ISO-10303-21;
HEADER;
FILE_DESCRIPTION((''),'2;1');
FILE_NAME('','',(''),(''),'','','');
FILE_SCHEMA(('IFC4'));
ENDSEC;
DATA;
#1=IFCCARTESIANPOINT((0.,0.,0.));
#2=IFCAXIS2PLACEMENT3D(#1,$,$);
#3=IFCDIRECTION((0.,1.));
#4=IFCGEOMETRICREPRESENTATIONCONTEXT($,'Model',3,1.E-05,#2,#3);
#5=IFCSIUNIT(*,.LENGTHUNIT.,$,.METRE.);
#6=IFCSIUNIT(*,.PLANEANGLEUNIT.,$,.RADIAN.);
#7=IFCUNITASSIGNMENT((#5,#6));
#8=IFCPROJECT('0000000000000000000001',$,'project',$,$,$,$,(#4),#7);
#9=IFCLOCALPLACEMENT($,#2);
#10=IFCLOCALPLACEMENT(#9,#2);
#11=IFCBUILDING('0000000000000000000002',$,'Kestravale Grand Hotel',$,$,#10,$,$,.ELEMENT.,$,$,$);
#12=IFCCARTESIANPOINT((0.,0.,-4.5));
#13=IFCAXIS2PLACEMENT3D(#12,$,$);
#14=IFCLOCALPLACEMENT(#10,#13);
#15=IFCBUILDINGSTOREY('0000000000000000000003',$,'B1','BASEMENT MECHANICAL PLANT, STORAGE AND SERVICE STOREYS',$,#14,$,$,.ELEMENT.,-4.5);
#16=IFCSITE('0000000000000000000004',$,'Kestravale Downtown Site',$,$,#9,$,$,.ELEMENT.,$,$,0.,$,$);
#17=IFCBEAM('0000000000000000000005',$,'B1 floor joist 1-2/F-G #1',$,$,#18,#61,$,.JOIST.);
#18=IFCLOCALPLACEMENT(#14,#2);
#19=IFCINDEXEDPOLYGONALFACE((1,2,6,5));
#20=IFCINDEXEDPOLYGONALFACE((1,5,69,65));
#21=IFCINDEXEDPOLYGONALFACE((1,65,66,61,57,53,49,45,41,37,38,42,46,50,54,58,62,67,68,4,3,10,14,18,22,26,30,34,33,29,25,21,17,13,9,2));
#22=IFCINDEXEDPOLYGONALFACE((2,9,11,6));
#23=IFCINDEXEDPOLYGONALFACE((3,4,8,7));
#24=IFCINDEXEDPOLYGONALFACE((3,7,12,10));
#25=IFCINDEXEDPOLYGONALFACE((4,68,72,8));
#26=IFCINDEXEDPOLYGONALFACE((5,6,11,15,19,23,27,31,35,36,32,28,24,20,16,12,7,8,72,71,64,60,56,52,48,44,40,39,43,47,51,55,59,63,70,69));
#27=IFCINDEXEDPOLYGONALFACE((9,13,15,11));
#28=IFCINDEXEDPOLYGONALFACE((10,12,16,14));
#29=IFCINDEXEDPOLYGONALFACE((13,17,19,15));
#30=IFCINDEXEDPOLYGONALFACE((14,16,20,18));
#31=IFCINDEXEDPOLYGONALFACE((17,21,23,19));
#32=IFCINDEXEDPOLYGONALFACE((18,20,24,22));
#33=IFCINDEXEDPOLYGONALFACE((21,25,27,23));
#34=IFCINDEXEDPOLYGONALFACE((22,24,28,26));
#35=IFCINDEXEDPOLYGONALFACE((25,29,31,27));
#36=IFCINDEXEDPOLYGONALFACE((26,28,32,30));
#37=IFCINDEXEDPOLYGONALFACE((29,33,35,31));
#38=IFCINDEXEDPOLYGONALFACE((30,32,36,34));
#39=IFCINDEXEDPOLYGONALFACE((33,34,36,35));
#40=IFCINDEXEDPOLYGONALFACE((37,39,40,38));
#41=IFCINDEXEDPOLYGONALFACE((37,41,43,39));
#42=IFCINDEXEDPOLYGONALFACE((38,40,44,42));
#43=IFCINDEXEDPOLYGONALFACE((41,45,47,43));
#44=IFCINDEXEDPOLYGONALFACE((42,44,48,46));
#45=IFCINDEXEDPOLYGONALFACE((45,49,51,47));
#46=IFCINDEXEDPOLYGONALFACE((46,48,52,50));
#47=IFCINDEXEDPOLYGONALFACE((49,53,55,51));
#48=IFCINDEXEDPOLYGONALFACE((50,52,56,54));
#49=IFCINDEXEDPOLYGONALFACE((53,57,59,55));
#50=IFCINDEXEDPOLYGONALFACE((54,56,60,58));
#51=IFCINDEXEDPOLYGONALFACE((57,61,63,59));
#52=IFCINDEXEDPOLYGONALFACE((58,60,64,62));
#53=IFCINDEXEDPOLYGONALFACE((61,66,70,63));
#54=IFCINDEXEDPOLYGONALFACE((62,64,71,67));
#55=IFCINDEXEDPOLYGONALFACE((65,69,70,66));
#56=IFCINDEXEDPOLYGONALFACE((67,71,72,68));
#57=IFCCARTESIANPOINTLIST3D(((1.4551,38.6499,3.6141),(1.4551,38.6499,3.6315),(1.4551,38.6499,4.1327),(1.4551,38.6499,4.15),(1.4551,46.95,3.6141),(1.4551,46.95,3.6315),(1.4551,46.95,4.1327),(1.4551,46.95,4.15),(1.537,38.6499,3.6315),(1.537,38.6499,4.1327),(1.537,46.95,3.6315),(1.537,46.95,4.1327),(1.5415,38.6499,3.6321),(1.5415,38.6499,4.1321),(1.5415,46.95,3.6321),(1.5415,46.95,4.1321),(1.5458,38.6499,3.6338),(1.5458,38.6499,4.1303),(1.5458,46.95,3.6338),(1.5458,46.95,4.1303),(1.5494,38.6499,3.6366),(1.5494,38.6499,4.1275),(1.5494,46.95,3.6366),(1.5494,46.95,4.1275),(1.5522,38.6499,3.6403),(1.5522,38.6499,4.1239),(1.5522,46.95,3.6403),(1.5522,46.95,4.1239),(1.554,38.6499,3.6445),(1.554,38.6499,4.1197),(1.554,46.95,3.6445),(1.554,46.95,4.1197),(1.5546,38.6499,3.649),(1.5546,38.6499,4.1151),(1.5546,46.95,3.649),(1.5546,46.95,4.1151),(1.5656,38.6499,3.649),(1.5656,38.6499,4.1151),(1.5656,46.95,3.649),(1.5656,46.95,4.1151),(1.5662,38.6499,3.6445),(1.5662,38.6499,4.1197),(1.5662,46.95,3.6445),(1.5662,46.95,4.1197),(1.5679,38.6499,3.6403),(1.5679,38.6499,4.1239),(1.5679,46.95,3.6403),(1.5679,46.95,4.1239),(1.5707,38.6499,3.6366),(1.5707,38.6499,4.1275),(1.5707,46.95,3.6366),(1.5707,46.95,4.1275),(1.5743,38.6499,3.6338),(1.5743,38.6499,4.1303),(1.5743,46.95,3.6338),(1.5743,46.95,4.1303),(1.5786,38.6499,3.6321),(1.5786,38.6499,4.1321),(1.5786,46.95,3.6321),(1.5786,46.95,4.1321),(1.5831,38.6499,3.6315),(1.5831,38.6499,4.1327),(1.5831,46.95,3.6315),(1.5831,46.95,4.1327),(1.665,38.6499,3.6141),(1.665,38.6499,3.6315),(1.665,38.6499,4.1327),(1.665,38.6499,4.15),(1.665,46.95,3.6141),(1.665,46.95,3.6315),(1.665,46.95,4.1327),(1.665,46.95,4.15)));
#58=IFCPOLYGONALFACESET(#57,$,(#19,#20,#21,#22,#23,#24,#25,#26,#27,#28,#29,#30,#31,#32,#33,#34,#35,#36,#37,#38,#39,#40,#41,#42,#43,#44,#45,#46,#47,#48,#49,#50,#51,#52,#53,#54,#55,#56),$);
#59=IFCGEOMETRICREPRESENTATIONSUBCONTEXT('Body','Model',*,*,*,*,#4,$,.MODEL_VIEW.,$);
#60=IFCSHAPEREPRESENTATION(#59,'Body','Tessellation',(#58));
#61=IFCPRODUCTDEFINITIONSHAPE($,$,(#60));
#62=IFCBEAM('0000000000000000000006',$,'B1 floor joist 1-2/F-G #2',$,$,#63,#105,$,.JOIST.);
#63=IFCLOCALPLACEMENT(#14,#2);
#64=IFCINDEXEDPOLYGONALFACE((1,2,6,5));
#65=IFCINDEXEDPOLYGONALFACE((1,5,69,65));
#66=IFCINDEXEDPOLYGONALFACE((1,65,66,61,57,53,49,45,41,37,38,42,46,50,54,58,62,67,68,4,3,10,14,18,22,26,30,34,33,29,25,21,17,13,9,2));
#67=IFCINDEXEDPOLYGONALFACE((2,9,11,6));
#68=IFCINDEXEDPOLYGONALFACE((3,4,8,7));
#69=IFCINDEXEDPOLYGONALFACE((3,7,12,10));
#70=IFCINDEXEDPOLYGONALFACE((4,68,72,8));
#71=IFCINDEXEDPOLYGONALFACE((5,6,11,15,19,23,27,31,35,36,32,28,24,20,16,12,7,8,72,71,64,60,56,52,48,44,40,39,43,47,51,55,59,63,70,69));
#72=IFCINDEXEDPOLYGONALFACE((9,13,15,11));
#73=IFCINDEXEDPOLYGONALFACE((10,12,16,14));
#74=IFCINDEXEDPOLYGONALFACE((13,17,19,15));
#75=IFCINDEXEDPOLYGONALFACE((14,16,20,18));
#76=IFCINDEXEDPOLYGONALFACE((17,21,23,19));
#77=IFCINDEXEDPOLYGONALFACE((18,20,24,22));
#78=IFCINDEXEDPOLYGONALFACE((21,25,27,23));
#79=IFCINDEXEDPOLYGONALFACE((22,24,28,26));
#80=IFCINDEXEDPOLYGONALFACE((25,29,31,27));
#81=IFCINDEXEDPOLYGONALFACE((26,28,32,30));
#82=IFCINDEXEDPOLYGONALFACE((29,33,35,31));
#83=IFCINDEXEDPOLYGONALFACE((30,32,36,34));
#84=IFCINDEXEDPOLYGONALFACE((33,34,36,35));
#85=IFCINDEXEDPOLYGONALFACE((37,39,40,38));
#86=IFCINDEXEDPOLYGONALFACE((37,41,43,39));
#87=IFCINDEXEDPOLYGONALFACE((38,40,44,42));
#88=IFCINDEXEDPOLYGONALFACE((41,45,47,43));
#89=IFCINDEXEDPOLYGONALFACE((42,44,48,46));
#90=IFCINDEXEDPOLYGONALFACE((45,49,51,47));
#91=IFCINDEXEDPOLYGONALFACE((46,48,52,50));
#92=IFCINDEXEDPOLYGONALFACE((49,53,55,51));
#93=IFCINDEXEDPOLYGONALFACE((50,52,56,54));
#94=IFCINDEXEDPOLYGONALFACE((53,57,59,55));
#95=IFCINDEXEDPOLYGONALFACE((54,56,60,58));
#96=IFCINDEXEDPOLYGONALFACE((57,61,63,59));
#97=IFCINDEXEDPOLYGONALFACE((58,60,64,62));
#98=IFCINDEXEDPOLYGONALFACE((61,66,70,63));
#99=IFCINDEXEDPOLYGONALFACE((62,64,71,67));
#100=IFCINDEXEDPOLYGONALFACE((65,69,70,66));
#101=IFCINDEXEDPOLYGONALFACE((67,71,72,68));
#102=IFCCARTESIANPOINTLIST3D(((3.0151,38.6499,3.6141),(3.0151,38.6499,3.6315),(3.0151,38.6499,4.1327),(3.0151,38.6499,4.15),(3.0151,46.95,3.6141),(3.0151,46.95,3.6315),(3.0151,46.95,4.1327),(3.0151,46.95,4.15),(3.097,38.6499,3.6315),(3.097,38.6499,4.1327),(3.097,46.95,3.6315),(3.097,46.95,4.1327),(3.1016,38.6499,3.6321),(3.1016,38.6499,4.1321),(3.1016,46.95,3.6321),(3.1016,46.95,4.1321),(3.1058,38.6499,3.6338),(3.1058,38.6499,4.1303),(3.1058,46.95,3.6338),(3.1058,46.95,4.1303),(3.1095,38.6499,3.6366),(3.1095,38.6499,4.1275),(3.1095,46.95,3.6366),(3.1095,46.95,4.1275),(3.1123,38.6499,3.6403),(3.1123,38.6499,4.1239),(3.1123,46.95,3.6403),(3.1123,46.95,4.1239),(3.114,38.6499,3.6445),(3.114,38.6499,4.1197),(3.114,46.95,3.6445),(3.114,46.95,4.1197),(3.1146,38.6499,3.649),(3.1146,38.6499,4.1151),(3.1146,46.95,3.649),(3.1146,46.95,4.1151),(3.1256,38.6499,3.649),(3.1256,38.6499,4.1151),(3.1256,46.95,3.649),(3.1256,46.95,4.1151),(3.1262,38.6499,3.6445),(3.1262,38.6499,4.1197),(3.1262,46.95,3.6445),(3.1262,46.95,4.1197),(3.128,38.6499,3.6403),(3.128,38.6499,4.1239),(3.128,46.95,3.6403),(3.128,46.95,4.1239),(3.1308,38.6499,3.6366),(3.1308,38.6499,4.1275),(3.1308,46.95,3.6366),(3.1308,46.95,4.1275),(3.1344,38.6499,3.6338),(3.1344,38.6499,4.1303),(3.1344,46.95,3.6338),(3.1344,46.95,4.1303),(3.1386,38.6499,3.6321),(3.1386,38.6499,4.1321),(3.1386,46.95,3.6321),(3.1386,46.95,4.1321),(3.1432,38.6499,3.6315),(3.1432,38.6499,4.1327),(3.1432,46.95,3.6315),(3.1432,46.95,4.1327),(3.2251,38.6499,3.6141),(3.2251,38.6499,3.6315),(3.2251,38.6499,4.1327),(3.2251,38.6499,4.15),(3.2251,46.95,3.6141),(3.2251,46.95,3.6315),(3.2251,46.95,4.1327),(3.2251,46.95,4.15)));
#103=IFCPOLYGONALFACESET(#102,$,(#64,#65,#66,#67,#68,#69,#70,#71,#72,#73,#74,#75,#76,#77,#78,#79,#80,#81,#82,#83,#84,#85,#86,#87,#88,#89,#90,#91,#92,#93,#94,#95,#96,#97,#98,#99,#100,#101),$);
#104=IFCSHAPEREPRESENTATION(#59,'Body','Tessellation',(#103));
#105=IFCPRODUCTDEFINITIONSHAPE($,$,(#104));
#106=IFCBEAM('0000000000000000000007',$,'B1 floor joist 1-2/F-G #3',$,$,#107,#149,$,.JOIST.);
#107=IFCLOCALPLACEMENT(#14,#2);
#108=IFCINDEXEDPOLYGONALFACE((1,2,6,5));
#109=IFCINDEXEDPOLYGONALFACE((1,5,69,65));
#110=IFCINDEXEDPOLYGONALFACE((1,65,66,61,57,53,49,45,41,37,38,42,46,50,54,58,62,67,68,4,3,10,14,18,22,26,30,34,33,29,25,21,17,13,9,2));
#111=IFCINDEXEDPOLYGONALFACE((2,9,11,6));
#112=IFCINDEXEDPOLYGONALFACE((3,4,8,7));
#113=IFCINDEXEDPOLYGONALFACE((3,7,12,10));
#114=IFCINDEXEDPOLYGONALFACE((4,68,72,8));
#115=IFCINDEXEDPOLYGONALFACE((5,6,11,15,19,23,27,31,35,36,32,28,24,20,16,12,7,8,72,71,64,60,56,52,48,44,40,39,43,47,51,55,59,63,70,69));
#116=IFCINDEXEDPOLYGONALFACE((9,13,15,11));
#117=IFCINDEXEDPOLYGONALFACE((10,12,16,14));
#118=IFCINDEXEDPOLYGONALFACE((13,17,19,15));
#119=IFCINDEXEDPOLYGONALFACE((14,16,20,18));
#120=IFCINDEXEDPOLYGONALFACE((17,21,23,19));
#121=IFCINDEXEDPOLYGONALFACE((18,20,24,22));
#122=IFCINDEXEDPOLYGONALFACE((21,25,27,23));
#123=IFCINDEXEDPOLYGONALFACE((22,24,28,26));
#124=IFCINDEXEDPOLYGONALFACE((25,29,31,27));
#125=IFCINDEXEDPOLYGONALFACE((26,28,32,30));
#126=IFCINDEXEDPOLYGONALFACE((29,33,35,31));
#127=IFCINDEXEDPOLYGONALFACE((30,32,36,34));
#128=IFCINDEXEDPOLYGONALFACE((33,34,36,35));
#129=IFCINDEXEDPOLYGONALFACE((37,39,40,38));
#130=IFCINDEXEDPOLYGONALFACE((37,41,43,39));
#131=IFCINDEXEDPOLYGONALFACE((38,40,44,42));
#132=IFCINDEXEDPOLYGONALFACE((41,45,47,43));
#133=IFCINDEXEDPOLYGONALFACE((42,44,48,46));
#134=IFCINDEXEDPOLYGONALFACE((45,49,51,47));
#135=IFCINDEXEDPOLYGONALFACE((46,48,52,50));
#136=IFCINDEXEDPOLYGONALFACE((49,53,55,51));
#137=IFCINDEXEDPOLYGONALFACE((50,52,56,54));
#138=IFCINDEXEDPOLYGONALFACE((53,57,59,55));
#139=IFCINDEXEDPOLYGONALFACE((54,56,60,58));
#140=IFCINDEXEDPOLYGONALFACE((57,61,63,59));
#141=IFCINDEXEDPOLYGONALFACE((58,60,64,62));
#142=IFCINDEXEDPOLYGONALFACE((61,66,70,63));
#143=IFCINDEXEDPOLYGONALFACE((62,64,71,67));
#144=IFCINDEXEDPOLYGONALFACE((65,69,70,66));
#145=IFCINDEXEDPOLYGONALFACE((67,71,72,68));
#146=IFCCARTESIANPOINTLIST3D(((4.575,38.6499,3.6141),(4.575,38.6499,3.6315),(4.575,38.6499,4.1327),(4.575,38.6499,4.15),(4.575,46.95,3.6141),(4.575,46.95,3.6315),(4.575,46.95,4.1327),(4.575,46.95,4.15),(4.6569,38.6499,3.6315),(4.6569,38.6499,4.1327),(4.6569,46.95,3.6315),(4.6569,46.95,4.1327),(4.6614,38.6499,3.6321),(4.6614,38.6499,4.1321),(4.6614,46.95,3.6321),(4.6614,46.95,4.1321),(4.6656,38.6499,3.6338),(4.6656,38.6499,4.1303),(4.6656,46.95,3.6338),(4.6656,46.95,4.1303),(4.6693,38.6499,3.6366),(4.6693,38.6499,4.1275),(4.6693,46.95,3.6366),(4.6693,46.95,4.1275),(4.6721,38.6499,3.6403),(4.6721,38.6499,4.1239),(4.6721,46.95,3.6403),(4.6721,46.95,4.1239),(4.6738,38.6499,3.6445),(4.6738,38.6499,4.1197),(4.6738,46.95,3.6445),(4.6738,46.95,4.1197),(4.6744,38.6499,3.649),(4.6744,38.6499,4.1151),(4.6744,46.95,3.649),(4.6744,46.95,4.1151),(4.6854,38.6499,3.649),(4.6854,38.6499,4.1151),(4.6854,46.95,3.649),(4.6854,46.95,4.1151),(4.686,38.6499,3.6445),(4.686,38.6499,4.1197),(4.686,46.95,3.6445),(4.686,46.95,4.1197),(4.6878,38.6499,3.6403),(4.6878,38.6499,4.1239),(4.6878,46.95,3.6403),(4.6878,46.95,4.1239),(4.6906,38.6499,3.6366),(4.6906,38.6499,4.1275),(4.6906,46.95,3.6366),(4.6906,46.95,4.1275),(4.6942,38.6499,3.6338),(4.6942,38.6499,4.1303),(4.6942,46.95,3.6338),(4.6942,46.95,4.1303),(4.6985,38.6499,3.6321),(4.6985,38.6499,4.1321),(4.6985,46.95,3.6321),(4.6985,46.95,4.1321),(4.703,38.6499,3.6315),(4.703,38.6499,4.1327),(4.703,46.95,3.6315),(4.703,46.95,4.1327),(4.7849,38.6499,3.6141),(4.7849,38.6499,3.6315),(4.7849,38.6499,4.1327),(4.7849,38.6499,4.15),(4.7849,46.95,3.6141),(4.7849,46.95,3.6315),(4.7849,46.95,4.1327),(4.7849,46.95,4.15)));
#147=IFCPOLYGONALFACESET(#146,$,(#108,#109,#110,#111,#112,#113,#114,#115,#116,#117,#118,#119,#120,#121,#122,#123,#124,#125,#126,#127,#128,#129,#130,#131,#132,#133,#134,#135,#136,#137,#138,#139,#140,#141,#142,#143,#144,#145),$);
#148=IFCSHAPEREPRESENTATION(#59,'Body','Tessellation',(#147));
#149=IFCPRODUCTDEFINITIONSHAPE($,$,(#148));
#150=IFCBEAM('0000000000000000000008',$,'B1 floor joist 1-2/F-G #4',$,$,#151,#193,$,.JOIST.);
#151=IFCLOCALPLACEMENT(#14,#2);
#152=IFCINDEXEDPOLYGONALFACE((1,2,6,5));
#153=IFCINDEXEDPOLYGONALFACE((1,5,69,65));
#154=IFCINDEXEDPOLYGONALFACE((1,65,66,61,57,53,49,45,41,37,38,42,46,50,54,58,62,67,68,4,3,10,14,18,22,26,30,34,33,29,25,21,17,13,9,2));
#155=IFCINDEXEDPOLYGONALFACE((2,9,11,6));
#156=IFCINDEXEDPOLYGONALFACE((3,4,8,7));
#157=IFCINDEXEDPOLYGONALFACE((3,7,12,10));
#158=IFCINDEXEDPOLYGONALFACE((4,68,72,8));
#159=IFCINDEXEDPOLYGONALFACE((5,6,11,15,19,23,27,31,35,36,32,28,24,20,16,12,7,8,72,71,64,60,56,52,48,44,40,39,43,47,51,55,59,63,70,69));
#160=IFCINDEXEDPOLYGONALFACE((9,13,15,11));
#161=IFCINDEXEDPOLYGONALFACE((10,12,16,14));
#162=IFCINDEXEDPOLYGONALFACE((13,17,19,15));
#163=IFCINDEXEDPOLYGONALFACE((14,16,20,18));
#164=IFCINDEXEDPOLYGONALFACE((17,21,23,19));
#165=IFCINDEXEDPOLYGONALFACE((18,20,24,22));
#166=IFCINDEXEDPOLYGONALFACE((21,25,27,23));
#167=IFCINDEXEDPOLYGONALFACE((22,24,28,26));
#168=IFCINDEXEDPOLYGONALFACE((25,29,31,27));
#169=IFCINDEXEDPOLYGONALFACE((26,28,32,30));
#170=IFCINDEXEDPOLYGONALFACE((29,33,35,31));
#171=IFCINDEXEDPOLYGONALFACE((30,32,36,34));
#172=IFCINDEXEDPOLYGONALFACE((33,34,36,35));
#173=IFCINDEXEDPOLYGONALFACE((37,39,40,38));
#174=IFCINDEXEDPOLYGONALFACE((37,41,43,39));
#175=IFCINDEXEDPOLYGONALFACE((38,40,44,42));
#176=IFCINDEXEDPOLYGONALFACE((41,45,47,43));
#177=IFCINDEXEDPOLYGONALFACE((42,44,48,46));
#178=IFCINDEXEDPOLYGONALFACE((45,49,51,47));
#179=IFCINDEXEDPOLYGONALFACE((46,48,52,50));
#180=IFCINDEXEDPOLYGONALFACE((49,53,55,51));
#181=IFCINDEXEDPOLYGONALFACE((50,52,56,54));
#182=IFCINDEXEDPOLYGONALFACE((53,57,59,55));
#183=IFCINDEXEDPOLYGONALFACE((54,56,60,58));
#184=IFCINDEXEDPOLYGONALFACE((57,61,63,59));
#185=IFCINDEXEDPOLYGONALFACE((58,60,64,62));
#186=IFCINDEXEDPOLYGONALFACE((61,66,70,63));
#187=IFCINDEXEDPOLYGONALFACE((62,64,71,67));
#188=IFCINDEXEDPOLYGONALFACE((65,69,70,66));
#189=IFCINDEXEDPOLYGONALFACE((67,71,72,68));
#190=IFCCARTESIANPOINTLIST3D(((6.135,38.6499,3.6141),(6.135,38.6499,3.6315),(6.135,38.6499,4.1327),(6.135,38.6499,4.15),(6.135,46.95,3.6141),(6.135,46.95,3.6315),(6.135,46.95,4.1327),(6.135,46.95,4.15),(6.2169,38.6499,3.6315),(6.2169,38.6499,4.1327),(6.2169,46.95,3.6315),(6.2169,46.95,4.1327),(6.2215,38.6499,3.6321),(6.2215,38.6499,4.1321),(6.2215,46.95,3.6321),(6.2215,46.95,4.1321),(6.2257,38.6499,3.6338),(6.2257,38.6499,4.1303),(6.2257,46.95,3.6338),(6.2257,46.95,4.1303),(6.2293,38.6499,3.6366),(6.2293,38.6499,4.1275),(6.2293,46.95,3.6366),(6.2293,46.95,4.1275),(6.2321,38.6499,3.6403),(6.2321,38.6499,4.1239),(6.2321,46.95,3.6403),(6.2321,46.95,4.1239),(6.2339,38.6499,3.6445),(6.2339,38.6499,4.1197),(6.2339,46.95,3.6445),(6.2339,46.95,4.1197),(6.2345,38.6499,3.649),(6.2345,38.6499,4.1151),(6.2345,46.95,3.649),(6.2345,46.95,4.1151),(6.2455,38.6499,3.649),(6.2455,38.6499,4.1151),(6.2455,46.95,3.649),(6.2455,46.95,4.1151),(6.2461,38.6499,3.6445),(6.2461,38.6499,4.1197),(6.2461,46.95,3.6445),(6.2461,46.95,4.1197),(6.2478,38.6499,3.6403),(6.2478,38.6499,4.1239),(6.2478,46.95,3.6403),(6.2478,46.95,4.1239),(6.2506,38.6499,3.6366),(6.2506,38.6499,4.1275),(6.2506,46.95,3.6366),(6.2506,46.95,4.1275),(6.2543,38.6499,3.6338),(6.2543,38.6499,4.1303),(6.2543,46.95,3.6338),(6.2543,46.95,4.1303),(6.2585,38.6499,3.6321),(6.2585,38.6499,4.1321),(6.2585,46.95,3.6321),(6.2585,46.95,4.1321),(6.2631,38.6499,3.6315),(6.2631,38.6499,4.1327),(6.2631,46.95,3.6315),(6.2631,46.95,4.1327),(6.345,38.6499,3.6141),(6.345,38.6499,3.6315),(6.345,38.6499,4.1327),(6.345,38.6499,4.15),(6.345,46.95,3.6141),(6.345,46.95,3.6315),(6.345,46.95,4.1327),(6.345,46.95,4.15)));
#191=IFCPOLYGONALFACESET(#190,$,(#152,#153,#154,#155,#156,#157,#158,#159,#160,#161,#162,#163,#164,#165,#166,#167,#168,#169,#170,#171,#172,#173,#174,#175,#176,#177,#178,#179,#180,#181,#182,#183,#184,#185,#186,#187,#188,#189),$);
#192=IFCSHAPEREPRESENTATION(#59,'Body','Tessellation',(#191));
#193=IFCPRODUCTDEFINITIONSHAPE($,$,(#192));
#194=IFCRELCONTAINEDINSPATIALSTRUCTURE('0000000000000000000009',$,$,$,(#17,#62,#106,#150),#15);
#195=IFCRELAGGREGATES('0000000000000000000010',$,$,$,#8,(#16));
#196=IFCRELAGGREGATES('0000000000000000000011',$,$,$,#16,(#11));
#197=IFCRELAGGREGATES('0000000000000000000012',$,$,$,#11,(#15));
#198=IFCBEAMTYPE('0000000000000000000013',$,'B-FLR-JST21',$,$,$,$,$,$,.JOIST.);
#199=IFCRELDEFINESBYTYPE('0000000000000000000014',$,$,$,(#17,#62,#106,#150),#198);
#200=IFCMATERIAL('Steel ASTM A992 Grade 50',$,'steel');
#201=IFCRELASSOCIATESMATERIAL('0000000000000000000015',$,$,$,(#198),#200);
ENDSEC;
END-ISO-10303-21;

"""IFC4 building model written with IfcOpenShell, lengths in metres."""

from ifc_helpers import new_model, si_unit, direction, frame, origin, origin_2d, place, context, subcontext, project, spatial, i_section, extrude, material, material_profile, profile_set, type_object, element, save


model = new_model("IFC4")

# Units and contexts
model_context = context("Model", 3, precision=1e-05, world=origin(), true_north=direction((0.0, 1.0)))
body_context = subcontext(model_context, "Body", "Model", "MODEL_VIEW")
ifc_project = project(units=[si_unit("LENGTHUNIT", "METRE"), si_unit("PLANEANGLEUNIT", "RADIAN")], contexts=[model_context])

# Site, building, storey
site_placement = place(None, origin())
site = spatial("IfcSite", under=ifc_project, at=site_placement, Name="Kestravale Downtown Site", CompositionType="ELEMENT", RefElevation=0.0)
building_placement = place(site_placement, origin())
building = spatial("IfcBuilding", under=site, at=building_placement, Name="Kestravale Grand Hotel", CompositionType="ELEMENT")
storey_placement = place(building_placement, frame((0.0, 0.0, -4.5)))
storey = spatial("IfcBuildingStorey", under=building, at=storey_placement, Name="B1", Description="BASEMENT MECHANICAL PLANT, STORAGE AND SERVICE STOREYS", CompositionType="ELEMENT", Elevation=-4.5)

# Beams
ifc_material_1 = material(Name="Steel ASTM A992 Grade 50", Category="steel")
ifc_material_profile_1 = material_profile(ifc_material_1, i_section(OverallWidth=0.21, OverallDepth=0.5359, WebThickness=0.011, FlangeThickness=0.0173, FilletRadius=0.0176, at=origin_2d()))
ifc_profile_set_1 = profile_set([ifc_material_profile_1], Name="Steel ASTM A992 Grade 50")
beam_type_1 = type_object("IfcBeamType", Name="B-FLR-JST21", PredefinedType="JOIST", material=ifc_profile_set_1)
for number, where, z_axis, x_axis, name in (
    (1, (1.5601, 38.6499, 3.8821), (0.0, 1.0, 0.0), (-1.0, 0.0, 0.0), "B1 floor joist 1-2/F-G #1"),
    (2, (3.1201, 38.6499, 3.8821), (0.0, 1.0, 0.0), (-1.0, 0.0, 0.0), "B1 floor joist 1-2/F-G #2"),
    (3, (4.6799, 38.6499, 3.8821), (0.0, 1.0, 0.0), (-1.0, 0.0, 0.0), "B1 floor joist 1-2/F-G #3"),
    (4, (6.24, 38.6499, 3.8821), (0.0, 1.0, 0.0), (-1.0, 0.0, 0.0), "B1 floor joist 1-2/F-G #4"),
):
    element("IfcBeam", number, at=place(storey_placement, frame(where, z_axis=z_axis, x_axis=x_axis)), inside=storey, type_object=beam_type_1, Name=name, PredefinedType="JOIST", context=body_context, shape_type="SweptSolid", body=[
        extrude(i_section(OverallWidth=0.21, OverallDepth=0.5359, WebThickness=0.011, FlangeThickness=0.0173, FilletRadius=0.0176, at=origin_2d()), origin(), (0.0, 0.0, 1.0), 8.3),
    ])

save(model, "model.ifc")
